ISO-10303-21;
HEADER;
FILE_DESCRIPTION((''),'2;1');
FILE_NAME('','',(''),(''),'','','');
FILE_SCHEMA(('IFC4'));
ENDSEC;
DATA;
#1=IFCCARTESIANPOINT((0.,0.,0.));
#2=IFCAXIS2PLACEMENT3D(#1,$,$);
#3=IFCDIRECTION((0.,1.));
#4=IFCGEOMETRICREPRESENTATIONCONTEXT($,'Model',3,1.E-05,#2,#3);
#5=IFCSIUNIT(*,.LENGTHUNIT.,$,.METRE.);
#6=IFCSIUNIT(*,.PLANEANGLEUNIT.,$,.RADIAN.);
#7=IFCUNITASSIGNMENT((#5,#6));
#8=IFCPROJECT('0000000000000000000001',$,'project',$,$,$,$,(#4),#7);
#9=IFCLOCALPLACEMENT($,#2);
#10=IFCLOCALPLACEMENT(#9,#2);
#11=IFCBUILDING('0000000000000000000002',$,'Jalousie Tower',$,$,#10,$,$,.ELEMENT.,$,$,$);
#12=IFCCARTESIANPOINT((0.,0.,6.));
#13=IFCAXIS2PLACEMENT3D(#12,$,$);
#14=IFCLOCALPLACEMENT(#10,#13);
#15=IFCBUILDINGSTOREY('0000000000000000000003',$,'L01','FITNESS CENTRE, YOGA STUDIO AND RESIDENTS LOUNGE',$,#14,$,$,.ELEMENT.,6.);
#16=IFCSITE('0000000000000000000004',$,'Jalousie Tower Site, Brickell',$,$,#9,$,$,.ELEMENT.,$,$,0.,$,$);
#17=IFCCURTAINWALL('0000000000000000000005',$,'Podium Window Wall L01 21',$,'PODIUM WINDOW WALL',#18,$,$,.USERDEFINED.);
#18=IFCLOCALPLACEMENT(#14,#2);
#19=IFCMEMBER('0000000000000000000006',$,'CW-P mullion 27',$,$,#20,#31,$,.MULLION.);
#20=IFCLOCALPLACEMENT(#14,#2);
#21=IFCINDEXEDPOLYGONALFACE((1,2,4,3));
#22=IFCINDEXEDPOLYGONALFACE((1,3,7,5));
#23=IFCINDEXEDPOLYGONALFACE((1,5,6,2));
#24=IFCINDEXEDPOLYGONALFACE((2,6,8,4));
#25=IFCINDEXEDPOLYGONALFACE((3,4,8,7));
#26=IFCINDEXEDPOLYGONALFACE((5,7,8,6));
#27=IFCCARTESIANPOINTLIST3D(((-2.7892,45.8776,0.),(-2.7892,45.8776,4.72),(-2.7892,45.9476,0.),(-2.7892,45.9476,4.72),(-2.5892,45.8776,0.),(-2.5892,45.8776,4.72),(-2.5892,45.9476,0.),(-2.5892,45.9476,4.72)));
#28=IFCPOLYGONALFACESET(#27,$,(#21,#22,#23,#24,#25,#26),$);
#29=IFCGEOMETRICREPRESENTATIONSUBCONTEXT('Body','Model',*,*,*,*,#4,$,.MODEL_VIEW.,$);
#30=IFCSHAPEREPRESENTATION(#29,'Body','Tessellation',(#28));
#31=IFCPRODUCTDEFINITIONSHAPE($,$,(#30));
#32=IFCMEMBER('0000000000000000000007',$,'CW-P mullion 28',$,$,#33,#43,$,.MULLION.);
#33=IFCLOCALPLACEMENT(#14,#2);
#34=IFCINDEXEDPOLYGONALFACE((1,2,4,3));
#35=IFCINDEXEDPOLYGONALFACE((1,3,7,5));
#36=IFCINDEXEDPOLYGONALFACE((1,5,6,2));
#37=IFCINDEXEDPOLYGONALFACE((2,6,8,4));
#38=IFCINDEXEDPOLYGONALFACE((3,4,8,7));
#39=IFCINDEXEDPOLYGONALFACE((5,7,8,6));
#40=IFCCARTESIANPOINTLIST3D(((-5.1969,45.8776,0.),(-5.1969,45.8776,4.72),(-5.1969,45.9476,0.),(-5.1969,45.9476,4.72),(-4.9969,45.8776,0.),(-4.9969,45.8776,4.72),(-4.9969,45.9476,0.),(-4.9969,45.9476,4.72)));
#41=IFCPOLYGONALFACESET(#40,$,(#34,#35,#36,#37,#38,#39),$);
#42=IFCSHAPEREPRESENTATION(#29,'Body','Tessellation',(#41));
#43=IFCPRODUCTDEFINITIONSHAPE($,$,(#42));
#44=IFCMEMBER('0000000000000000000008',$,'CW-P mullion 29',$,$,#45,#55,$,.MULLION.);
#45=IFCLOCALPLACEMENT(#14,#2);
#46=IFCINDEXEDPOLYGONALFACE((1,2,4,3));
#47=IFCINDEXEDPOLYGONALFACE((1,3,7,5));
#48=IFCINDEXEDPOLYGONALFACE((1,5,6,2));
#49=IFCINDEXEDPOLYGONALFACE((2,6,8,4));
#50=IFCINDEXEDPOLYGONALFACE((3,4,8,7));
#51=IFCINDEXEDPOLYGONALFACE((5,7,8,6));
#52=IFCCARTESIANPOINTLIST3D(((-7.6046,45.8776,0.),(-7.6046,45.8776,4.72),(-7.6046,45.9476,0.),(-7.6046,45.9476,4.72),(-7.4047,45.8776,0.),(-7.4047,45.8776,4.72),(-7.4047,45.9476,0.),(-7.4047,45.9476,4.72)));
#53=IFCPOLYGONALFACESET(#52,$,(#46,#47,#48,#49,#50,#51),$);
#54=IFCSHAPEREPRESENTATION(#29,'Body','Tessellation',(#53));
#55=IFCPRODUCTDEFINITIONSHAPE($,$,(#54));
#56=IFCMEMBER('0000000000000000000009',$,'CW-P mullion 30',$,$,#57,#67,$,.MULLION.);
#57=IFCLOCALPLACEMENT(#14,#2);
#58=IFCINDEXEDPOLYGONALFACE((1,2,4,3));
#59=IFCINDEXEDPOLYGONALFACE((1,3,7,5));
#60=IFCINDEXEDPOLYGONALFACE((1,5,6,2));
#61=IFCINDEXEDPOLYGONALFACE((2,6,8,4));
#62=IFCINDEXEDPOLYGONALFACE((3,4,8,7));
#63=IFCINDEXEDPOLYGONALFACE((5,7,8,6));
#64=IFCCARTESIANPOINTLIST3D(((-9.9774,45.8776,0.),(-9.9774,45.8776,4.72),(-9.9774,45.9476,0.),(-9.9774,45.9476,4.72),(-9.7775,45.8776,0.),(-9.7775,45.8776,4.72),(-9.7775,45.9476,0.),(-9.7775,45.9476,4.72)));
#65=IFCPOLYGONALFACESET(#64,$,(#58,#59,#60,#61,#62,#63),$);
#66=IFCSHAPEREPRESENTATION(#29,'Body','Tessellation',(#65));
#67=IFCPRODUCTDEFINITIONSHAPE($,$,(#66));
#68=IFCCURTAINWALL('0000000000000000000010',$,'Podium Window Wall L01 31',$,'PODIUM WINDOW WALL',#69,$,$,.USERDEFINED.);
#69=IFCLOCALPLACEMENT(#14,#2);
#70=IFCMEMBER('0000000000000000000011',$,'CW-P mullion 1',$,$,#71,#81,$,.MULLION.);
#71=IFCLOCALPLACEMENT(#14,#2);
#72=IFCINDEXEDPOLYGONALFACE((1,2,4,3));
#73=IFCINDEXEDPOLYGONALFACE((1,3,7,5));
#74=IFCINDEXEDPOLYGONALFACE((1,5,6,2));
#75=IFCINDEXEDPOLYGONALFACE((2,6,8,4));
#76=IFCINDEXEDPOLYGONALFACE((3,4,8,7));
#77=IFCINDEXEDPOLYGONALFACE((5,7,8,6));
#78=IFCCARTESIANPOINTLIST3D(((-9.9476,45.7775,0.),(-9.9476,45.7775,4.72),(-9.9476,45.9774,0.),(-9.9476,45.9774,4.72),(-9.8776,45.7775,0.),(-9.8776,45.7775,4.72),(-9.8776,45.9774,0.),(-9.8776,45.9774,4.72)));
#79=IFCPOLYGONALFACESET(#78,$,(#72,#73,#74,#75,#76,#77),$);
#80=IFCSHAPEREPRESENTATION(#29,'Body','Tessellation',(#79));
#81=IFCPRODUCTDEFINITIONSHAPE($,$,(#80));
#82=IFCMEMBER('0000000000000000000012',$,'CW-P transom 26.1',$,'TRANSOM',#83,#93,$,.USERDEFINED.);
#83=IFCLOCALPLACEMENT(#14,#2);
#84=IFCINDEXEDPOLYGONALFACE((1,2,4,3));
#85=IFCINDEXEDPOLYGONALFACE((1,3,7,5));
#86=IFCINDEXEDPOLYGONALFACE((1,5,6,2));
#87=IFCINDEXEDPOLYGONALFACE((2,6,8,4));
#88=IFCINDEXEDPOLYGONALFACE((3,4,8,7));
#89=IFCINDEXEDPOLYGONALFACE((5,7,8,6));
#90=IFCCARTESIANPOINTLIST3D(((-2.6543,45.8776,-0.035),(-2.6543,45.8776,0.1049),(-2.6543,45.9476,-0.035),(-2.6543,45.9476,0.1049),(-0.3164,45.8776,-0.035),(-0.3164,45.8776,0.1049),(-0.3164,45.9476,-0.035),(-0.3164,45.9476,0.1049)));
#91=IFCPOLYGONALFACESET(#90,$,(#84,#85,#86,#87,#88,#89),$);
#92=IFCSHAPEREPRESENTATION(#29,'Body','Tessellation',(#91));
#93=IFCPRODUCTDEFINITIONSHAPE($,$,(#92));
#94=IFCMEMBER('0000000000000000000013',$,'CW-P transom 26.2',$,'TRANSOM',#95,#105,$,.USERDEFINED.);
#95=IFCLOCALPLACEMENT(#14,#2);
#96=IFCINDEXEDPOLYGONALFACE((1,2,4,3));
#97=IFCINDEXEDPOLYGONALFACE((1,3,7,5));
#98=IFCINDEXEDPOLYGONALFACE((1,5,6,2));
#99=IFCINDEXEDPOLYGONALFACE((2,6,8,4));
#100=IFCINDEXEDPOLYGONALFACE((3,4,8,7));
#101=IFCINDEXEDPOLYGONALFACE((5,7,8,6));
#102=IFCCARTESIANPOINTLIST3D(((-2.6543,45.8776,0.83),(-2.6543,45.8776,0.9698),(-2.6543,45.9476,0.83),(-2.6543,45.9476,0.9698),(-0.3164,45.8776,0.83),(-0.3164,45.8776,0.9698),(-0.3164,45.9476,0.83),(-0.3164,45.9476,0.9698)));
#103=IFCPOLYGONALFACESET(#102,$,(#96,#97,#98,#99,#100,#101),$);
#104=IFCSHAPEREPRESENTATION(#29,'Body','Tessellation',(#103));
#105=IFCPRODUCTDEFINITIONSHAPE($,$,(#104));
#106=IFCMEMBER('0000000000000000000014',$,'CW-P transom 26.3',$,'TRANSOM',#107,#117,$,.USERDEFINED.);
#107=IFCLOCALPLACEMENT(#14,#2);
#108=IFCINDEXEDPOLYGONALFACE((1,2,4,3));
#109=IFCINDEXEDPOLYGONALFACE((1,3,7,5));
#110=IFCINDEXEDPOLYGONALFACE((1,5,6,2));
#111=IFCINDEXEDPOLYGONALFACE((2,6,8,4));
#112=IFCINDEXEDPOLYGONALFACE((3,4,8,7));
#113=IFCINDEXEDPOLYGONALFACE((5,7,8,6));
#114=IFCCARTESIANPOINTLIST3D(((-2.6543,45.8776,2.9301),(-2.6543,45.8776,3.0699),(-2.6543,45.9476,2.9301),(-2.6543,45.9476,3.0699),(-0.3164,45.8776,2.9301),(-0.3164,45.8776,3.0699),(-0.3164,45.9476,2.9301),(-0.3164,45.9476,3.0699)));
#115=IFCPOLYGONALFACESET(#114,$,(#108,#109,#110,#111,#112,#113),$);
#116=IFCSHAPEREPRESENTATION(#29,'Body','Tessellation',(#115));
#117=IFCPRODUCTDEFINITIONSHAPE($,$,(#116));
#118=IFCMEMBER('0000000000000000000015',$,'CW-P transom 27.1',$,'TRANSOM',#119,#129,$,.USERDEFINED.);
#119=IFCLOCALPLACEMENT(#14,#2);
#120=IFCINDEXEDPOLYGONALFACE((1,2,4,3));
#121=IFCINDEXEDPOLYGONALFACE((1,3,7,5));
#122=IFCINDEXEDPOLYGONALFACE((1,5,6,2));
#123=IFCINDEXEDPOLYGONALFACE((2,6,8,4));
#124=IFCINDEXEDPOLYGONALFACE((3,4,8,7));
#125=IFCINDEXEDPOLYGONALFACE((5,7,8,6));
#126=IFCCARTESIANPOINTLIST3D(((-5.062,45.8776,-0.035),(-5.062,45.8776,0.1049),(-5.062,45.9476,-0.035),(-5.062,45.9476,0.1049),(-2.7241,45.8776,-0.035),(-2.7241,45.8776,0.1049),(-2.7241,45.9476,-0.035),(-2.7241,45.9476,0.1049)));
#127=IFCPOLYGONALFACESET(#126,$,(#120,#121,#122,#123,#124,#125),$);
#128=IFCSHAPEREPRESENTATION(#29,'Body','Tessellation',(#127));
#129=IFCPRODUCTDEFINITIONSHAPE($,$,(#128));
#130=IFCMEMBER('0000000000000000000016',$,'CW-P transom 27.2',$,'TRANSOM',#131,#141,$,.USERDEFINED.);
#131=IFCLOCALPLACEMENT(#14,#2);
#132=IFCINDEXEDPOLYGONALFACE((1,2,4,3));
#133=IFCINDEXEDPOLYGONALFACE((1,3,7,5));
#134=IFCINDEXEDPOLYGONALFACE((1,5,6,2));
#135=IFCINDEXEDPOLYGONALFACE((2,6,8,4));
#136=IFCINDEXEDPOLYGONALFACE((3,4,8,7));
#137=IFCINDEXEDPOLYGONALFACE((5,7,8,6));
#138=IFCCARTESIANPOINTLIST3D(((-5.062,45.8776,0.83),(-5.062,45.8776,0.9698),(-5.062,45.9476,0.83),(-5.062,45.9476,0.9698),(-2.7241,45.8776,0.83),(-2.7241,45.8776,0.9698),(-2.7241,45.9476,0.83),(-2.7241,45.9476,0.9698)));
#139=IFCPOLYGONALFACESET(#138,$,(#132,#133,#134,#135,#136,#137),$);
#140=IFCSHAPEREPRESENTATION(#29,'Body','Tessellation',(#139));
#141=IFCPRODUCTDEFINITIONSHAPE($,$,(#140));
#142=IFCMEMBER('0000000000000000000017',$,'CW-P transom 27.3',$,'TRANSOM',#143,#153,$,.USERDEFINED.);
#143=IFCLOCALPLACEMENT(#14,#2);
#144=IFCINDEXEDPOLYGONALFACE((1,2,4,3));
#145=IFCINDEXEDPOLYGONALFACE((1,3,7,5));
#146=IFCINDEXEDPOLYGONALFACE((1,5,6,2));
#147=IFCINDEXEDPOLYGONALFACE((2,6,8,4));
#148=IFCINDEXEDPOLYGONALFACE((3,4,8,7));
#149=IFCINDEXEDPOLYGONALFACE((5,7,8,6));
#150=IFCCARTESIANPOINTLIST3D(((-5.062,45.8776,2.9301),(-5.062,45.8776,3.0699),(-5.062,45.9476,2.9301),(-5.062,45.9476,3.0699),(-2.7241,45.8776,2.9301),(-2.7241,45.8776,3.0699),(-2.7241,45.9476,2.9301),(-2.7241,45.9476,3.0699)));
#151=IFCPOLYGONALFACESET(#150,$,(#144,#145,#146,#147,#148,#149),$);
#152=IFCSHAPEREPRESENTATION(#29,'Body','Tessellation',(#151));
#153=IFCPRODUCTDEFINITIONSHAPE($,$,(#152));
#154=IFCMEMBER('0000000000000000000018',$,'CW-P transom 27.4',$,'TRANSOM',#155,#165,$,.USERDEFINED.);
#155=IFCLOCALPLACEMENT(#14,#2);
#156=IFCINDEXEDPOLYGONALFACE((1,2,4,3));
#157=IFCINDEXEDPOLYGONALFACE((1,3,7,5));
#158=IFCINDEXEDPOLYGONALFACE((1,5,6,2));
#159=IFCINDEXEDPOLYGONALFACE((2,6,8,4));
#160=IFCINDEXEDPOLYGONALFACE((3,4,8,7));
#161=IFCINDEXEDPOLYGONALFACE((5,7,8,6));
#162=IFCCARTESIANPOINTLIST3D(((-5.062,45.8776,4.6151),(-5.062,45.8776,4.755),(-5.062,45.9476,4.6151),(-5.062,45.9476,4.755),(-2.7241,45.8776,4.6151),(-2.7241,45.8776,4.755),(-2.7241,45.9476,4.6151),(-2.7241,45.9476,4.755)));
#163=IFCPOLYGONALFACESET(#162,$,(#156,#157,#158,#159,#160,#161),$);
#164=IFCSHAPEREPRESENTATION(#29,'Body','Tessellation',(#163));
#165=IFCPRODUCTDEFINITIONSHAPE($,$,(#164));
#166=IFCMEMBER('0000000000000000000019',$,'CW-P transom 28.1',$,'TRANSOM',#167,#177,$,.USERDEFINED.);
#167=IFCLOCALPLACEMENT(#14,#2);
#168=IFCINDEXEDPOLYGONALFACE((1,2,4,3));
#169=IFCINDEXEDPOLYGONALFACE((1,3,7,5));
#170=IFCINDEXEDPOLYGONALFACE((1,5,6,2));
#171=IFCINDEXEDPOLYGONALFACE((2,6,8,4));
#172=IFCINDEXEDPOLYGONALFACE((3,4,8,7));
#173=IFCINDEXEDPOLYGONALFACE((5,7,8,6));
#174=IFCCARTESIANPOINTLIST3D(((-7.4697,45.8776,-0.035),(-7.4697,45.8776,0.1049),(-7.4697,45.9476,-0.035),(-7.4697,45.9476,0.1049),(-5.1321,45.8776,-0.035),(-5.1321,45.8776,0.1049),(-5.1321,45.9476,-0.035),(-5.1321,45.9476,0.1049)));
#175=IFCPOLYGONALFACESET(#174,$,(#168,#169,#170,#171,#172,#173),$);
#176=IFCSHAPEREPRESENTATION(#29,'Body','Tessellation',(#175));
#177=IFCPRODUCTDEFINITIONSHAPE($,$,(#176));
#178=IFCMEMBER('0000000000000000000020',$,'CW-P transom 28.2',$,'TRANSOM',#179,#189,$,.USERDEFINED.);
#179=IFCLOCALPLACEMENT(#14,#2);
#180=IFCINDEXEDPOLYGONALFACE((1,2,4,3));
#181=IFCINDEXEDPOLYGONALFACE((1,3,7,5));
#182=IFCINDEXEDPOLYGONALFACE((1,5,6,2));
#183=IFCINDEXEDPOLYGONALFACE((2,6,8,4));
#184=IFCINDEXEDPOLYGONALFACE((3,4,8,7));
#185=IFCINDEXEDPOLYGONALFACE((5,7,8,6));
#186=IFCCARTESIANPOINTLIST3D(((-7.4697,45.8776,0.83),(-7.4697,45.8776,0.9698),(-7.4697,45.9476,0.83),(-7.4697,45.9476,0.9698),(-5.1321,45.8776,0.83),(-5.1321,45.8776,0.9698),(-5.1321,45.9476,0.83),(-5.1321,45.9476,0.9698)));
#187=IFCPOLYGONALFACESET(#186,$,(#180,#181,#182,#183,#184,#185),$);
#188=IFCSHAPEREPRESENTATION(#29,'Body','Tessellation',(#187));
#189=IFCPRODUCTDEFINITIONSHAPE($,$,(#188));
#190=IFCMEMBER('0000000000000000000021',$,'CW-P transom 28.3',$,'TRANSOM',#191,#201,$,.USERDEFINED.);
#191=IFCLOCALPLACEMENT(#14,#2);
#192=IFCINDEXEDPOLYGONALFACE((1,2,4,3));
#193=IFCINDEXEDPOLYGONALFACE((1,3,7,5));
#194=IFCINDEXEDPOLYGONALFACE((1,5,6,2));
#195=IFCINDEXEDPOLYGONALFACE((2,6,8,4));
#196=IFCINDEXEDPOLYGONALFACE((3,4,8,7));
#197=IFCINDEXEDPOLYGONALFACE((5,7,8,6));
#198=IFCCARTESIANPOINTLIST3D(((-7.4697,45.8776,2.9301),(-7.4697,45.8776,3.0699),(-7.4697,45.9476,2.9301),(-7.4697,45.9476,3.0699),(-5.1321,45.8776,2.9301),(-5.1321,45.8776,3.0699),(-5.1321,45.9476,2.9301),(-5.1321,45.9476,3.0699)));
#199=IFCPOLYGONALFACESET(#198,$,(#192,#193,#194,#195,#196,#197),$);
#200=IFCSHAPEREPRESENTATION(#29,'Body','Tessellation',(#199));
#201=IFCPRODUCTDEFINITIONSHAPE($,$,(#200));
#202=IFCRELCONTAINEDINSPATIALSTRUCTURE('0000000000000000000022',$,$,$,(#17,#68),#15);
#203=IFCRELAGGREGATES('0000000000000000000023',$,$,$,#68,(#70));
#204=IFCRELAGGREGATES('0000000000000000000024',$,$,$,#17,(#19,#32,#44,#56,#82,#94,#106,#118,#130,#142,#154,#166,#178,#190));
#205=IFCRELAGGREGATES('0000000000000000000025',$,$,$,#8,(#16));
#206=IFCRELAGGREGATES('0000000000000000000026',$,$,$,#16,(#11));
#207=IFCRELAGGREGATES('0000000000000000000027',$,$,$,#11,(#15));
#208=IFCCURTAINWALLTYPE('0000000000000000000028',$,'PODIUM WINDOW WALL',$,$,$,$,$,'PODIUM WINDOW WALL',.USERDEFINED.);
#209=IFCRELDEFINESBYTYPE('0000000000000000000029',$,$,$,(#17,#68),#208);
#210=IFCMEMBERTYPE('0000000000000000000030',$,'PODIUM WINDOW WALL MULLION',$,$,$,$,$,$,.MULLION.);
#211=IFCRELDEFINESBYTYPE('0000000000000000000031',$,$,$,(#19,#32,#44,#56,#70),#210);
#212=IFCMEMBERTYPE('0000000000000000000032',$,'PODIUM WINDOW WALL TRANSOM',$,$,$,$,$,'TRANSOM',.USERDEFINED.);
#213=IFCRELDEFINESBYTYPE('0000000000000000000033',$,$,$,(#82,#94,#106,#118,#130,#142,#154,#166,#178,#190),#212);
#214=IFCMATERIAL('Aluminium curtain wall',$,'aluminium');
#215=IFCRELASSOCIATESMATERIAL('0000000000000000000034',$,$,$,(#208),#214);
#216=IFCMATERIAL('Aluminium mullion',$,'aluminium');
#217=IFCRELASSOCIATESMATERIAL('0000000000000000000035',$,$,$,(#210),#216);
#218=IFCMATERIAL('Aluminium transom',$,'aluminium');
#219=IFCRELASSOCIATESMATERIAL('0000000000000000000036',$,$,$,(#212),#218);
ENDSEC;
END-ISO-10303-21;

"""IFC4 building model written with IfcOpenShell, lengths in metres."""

from ifc_helpers import new_model, si_unit, direction, frame, origin, origin_2d, place, context, subcontext, project, spatial, rectangle, extrude, material, material_profile, profile_set, type_object, element, aggregate, save


model = new_model("IFC4")

# Units and contexts
model_context = context("Model", 3, precision=1e-05, world=origin(), true_north=direction((0.0, 1.0)))
body_context = subcontext(model_context, "Body", "Model", "MODEL_VIEW")
ifc_project = project(units=[si_unit("LENGTHUNIT", "METRE"), si_unit("PLANEANGLEUNIT", "RADIAN")], contexts=[model_context])

# Site, building, storey
site_placement = place(None, origin())
site = spatial("IfcSite", under=ifc_project, at=site_placement, Name="Jalousie Tower Site, Brickell", CompositionType="ELEMENT", RefElevation=0.0)
building_placement = place(site_placement, origin())
building = spatial("IfcBuilding", under=site, at=building_placement, Name="Jalousie Tower", CompositionType="ELEMENT")
storey_placement = place(building_placement, frame((0.0, 0.0, 6.0)))
storey = spatial("IfcBuildingStorey", under=building, at=storey_placement, Name="L01", Description="FITNESS CENTRE, YOGA STUDIO AND RESIDENTS LOUNGE", CompositionType="ELEMENT", Elevation=6.0)

# Curtain wall, members
ifc_material_1 = material(Name="Aluminium curtain wall", Category="aluminium")
curtain_wall_type = type_object("IfcCurtainWallType", Name="PODIUM WINDOW WALL", ElementType="PODIUM WINDOW WALL", PredefinedType="USERDEFINED", material=ifc_material_1)
curtain_wall_1_placement = place(storey_placement, origin())
curtain_wall_1 = element("IfcCurtainWall", 1, at=curtain_wall_1_placement, inside=storey, type_object=curtain_wall_type, Name="Podium Window Wall L01 21", ObjectType="PODIUM WINDOW WALL", PredefinedType="USERDEFINED")
ifc_material_2 = material(Name="Aluminium mullion", Category="aluminium")
ifc_material_profile_1 = material_profile(ifc_material_2, rectangle(XDim=0.0701, YDim=0.2, at=origin_2d()), Name="MULLION 70x200")
ifc_profile_set_1 = profile_set([ifc_material_profile_1], Name="Aluminium mullion")
member_type_1 = type_object("IfcMemberType", Name="PODIUM WINDOW WALL MULLION", PredefinedType="MULLION", material=ifc_profile_set_1)
member_1_placement = place(storey_placement, frame((-2.6892, 45.9126, 0.0), z_axis=(0.0, 0.0, 1.0), x_axis=(0.0, -1.0, 0.0)))
member_1 = element("IfcMember", 2, at=member_1_placement, type_object=member_type_1, Name="CW-P mullion 27", PredefinedType="MULLION", context=body_context, shape_type="SweptSolid", body=[
    extrude(rectangle(XDim=0.0701, YDim=0.2, at=origin_2d()), origin(), (0.0, 0.0, 1.0), 4.72),
])
member_2_placement = place(storey_placement, frame((-5.0969, 45.9126, 0.0), z_axis=(0.0, 0.0, 1.0), x_axis=(0.0, -1.0, 0.0)))
member_2 = element("IfcMember", 3, at=member_2_placement, type_object=member_type_1, Name="CW-P mullion 28", PredefinedType="MULLION", context=body_context, shape_type="SweptSolid", body=[
    extrude(rectangle(XDim=0.0701, YDim=0.2, at=origin_2d()), origin(), (0.0, 0.0, 1.0), 4.72),
])
member_3_placement = place(storey_placement, frame((-7.5046, 45.9126, 0.0), z_axis=(0.0, 0.0, 1.0), x_axis=(0.0, -1.0, 0.0)))
member_3 = element("IfcMember", 4, at=member_3_placement, type_object=member_type_1, Name="CW-P mullion 29", PredefinedType="MULLION", context=body_context, shape_type="SweptSolid", body=[
    extrude(rectangle(XDim=0.0701, YDim=0.2, at=origin_2d()), origin(), (0.0, 0.0, 1.0), 4.72),
])
member_4_placement = place(storey_placement, frame((-9.8774, 45.9126, 0.0), z_axis=(0.0, 0.0, 1.0), x_axis=(0.0, -1.0, 0.0)))
member_4 = element("IfcMember", 5, at=member_4_placement, type_object=member_type_1, Name="CW-P mullion 30", PredefinedType="MULLION", context=body_context, shape_type="SweptSolid", body=[
    extrude(rectangle(XDim=0.0701, YDim=0.2, at=origin_2d()), origin(), (0.0, 0.0, 1.0), 4.72),
])

# Curtain wall, member
curtain_wall_2_placement = place(storey_placement, origin())
curtain_wall_2 = element("IfcCurtainWall", 6, at=curtain_wall_2_placement, inside=storey, type_object=curtain_wall_type, Name="Podium Window Wall L01 31", ObjectType="PODIUM WINDOW WALL", PredefinedType="USERDEFINED")
member_5_placement = place(storey_placement, frame((-9.9126, 45.8774, 0.0), z_axis=(0.0, 0.0, 1.0), x_axis=(1.0, 0.0, 0.0)))
member_5 = element("IfcMember", 7, at=member_5_placement, type_object=member_type_1, Name="CW-P mullion 1", PredefinedType="MULLION", context=body_context, shape_type="SweptSolid", body=[
    extrude(rectangle(XDim=0.0701, YDim=0.2, at=origin_2d()), origin(), (0.0, 0.0, 1.0), 4.72),
])

# Members
ifc_material_3 = material(Name="Aluminium transom", Category="aluminium")
ifc_material_profile_2 = material_profile(ifc_material_3, rectangle(XDim=0.0701, YDim=0.1399, at=origin_2d()), Name="TRANSOM 70x140")
ifc_profile_set_2 = profile_set([ifc_material_profile_2], Name="Aluminium transom")
member_type_2 = type_object("IfcMemberType", Name="PODIUM WINDOW WALL TRANSOM", ElementType="TRANSOM", PredefinedType="USERDEFINED", material=ifc_profile_set_2)
member_6_placement = place(storey_placement, frame((-0.3164, 45.9126, 0.0349), z_axis=(-1.0, 0.0, 0.0), x_axis=(0.0, -1.0, 0.0)))
member_6 = element("IfcMember", 8, at=member_6_placement, type_object=member_type_2, Name="CW-P transom 26.1", ObjectType="TRANSOM", PredefinedType="USERDEFINED", context=body_context, shape_type="SweptSolid", body=[
    extrude(rectangle(XDim=0.0701, YDim=0.1399, at=origin_2d()), origin(), (0.0, 0.0, 1.0), 2.3379),
])
member_7_placement = place(storey_placement, frame((-0.3164, 45.9126, 0.8999), z_axis=(-1.0, 0.0, 0.0), x_axis=(0.0, -1.0, 0.0)))
member_7 = element("IfcMember", 9, at=member_7_placement, type_object=member_type_2, Name="CW-P transom 26.2", ObjectType="TRANSOM", PredefinedType="USERDEFINED", context=body_context, shape_type="SweptSolid", body=[
    extrude(rectangle(XDim=0.0701, YDim=0.1399, at=origin_2d()), origin(), (0.0, 0.0, 1.0), 2.3379),
])
member_8_placement = place(storey_placement, frame((-0.3164, 45.9126, 3.0), z_axis=(-1.0, 0.0, 0.0), x_axis=(0.0, -1.0, 0.0)))
member_8 = element("IfcMember", 10, at=member_8_placement, type_object=member_type_2, Name="CW-P transom 26.3", ObjectType="TRANSOM", PredefinedType="USERDEFINED", context=body_context, shape_type="SweptSolid", body=[
    extrude(rectangle(XDim=0.0701, YDim=0.1399, at=origin_2d()), origin(), (0.0, 0.0, 1.0), 2.3379),
])
member_9_placement = place(storey_placement, frame((-2.7241, 45.9126, 0.0349), z_axis=(-1.0, 0.0, 0.0), x_axis=(0.0, -1.0, 0.0)))
member_9 = element("IfcMember", 11, at=member_9_placement, type_object=member_type_2, Name="CW-P transom 27.1", ObjectType="TRANSOM", PredefinedType="USERDEFINED", context=body_context, shape_type="SweptSolid", body=[
    extrude(rectangle(XDim=0.0701, YDim=0.1399, at=origin_2d()), origin(), (0.0, 0.0, 1.0), 2.3379),
])
member_10_placement = place(storey_placement, frame((-2.7241, 45.9126, 0.8999), z_axis=(-1.0, 0.0, 0.0), x_axis=(0.0, -1.0, 0.0)))
member_10 = element("IfcMember", 12, at=member_10_placement, type_object=member_type_2, Name="CW-P transom 27.2", ObjectType="TRANSOM", PredefinedType="USERDEFINED", context=body_context, shape_type="SweptSolid", body=[
    extrude(rectangle(XDim=0.0701, YDim=0.1399, at=origin_2d()), origin(), (0.0, 0.0, 1.0), 2.3379),
])
member_11_placement = place(storey_placement, frame((-2.7241, 45.9126, 3.0), z_axis=(-1.0, 0.0, 0.0), x_axis=(0.0, -1.0, 0.0)))
member_11 = element("IfcMember", 13, at=member_11_placement, type_object=member_type_2, Name="CW-P transom 27.3", ObjectType="TRANSOM", PredefinedType="USERDEFINED", context=body_context, shape_type="SweptSolid", body=[
    extrude(rectangle(XDim=0.0701, YDim=0.1399, at=origin_2d()), origin(), (0.0, 0.0, 1.0), 2.3379),
])
member_12_placement = place(storey_placement, frame((-2.7241, 45.9126, 4.6851), z_axis=(-1.0, 0.0, 0.0), x_axis=(0.0, -1.0, 0.0)))
member_12 = element("IfcMember", 14, at=member_12_placement, type_object=member_type_2, Name="CW-P transom 27.4", ObjectType="TRANSOM", PredefinedType="USERDEFINED", context=body_context, shape_type="SweptSolid", body=[
    extrude(rectangle(XDim=0.0701, YDim=0.1399, at=origin_2d()), origin(), (0.0, 0.0, 1.0), 2.3379),
])
member_13_placement = place(storey_placement, frame((-5.1321, 45.9126, 0.0349), z_axis=(-1.0, 0.0, 0.0), x_axis=(0.0, -1.0, 0.0)))
member_13 = element("IfcMember", 15, at=member_13_placement, type_object=member_type_2, Name="CW-P transom 28.1", ObjectType="TRANSOM", PredefinedType="USERDEFINED", context=body_context, shape_type="SweptSolid", body=[
    extrude(rectangle(XDim=0.0701, YDim=0.1399, at=origin_2d()), origin(), (0.0, 0.0, 1.0), 2.3376),
])
member_14_placement = place(storey_placement, frame((-5.1321, 45.9126, 0.8999), z_axis=(-1.0, 0.0, 0.0), x_axis=(0.0, -1.0, 0.0)))
member_14 = element("IfcMember", 16, at=member_14_placement, type_object=member_type_2, Name="CW-P transom 28.2", ObjectType="TRANSOM", PredefinedType="USERDEFINED", context=body_context, shape_type="SweptSolid", body=[
    extrude(rectangle(XDim=0.0701, YDim=0.1399, at=origin_2d()), origin(), (0.0, 0.0, 1.0), 2.3376),
])
member_15_placement = place(storey_placement, frame((-5.1321, 45.9126, 3.0), z_axis=(-1.0, 0.0, 0.0), x_axis=(0.0, -1.0, 0.0)))
member_15 = element("IfcMember", 17, at=member_15_placement, type_object=member_type_2, Name="CW-P transom 28.3", ObjectType="TRANSOM", PredefinedType="USERDEFINED", context=body_context, shape_type="SweptSolid", body=[
    extrude(rectangle(XDim=0.0701, YDim=0.1399, at=origin_2d()), origin(), (0.0, 0.0, 1.0), 2.3376),
])
aggregate(curtain_wall_2, [member_5])

aggregate(curtain_wall_1, [member_1, member_2, member_3, member_4, member_6, member_7, member_8, member_9, member_10, member_11, member_12, member_13, member_14, member_15])

save(model, "model.ifc")
